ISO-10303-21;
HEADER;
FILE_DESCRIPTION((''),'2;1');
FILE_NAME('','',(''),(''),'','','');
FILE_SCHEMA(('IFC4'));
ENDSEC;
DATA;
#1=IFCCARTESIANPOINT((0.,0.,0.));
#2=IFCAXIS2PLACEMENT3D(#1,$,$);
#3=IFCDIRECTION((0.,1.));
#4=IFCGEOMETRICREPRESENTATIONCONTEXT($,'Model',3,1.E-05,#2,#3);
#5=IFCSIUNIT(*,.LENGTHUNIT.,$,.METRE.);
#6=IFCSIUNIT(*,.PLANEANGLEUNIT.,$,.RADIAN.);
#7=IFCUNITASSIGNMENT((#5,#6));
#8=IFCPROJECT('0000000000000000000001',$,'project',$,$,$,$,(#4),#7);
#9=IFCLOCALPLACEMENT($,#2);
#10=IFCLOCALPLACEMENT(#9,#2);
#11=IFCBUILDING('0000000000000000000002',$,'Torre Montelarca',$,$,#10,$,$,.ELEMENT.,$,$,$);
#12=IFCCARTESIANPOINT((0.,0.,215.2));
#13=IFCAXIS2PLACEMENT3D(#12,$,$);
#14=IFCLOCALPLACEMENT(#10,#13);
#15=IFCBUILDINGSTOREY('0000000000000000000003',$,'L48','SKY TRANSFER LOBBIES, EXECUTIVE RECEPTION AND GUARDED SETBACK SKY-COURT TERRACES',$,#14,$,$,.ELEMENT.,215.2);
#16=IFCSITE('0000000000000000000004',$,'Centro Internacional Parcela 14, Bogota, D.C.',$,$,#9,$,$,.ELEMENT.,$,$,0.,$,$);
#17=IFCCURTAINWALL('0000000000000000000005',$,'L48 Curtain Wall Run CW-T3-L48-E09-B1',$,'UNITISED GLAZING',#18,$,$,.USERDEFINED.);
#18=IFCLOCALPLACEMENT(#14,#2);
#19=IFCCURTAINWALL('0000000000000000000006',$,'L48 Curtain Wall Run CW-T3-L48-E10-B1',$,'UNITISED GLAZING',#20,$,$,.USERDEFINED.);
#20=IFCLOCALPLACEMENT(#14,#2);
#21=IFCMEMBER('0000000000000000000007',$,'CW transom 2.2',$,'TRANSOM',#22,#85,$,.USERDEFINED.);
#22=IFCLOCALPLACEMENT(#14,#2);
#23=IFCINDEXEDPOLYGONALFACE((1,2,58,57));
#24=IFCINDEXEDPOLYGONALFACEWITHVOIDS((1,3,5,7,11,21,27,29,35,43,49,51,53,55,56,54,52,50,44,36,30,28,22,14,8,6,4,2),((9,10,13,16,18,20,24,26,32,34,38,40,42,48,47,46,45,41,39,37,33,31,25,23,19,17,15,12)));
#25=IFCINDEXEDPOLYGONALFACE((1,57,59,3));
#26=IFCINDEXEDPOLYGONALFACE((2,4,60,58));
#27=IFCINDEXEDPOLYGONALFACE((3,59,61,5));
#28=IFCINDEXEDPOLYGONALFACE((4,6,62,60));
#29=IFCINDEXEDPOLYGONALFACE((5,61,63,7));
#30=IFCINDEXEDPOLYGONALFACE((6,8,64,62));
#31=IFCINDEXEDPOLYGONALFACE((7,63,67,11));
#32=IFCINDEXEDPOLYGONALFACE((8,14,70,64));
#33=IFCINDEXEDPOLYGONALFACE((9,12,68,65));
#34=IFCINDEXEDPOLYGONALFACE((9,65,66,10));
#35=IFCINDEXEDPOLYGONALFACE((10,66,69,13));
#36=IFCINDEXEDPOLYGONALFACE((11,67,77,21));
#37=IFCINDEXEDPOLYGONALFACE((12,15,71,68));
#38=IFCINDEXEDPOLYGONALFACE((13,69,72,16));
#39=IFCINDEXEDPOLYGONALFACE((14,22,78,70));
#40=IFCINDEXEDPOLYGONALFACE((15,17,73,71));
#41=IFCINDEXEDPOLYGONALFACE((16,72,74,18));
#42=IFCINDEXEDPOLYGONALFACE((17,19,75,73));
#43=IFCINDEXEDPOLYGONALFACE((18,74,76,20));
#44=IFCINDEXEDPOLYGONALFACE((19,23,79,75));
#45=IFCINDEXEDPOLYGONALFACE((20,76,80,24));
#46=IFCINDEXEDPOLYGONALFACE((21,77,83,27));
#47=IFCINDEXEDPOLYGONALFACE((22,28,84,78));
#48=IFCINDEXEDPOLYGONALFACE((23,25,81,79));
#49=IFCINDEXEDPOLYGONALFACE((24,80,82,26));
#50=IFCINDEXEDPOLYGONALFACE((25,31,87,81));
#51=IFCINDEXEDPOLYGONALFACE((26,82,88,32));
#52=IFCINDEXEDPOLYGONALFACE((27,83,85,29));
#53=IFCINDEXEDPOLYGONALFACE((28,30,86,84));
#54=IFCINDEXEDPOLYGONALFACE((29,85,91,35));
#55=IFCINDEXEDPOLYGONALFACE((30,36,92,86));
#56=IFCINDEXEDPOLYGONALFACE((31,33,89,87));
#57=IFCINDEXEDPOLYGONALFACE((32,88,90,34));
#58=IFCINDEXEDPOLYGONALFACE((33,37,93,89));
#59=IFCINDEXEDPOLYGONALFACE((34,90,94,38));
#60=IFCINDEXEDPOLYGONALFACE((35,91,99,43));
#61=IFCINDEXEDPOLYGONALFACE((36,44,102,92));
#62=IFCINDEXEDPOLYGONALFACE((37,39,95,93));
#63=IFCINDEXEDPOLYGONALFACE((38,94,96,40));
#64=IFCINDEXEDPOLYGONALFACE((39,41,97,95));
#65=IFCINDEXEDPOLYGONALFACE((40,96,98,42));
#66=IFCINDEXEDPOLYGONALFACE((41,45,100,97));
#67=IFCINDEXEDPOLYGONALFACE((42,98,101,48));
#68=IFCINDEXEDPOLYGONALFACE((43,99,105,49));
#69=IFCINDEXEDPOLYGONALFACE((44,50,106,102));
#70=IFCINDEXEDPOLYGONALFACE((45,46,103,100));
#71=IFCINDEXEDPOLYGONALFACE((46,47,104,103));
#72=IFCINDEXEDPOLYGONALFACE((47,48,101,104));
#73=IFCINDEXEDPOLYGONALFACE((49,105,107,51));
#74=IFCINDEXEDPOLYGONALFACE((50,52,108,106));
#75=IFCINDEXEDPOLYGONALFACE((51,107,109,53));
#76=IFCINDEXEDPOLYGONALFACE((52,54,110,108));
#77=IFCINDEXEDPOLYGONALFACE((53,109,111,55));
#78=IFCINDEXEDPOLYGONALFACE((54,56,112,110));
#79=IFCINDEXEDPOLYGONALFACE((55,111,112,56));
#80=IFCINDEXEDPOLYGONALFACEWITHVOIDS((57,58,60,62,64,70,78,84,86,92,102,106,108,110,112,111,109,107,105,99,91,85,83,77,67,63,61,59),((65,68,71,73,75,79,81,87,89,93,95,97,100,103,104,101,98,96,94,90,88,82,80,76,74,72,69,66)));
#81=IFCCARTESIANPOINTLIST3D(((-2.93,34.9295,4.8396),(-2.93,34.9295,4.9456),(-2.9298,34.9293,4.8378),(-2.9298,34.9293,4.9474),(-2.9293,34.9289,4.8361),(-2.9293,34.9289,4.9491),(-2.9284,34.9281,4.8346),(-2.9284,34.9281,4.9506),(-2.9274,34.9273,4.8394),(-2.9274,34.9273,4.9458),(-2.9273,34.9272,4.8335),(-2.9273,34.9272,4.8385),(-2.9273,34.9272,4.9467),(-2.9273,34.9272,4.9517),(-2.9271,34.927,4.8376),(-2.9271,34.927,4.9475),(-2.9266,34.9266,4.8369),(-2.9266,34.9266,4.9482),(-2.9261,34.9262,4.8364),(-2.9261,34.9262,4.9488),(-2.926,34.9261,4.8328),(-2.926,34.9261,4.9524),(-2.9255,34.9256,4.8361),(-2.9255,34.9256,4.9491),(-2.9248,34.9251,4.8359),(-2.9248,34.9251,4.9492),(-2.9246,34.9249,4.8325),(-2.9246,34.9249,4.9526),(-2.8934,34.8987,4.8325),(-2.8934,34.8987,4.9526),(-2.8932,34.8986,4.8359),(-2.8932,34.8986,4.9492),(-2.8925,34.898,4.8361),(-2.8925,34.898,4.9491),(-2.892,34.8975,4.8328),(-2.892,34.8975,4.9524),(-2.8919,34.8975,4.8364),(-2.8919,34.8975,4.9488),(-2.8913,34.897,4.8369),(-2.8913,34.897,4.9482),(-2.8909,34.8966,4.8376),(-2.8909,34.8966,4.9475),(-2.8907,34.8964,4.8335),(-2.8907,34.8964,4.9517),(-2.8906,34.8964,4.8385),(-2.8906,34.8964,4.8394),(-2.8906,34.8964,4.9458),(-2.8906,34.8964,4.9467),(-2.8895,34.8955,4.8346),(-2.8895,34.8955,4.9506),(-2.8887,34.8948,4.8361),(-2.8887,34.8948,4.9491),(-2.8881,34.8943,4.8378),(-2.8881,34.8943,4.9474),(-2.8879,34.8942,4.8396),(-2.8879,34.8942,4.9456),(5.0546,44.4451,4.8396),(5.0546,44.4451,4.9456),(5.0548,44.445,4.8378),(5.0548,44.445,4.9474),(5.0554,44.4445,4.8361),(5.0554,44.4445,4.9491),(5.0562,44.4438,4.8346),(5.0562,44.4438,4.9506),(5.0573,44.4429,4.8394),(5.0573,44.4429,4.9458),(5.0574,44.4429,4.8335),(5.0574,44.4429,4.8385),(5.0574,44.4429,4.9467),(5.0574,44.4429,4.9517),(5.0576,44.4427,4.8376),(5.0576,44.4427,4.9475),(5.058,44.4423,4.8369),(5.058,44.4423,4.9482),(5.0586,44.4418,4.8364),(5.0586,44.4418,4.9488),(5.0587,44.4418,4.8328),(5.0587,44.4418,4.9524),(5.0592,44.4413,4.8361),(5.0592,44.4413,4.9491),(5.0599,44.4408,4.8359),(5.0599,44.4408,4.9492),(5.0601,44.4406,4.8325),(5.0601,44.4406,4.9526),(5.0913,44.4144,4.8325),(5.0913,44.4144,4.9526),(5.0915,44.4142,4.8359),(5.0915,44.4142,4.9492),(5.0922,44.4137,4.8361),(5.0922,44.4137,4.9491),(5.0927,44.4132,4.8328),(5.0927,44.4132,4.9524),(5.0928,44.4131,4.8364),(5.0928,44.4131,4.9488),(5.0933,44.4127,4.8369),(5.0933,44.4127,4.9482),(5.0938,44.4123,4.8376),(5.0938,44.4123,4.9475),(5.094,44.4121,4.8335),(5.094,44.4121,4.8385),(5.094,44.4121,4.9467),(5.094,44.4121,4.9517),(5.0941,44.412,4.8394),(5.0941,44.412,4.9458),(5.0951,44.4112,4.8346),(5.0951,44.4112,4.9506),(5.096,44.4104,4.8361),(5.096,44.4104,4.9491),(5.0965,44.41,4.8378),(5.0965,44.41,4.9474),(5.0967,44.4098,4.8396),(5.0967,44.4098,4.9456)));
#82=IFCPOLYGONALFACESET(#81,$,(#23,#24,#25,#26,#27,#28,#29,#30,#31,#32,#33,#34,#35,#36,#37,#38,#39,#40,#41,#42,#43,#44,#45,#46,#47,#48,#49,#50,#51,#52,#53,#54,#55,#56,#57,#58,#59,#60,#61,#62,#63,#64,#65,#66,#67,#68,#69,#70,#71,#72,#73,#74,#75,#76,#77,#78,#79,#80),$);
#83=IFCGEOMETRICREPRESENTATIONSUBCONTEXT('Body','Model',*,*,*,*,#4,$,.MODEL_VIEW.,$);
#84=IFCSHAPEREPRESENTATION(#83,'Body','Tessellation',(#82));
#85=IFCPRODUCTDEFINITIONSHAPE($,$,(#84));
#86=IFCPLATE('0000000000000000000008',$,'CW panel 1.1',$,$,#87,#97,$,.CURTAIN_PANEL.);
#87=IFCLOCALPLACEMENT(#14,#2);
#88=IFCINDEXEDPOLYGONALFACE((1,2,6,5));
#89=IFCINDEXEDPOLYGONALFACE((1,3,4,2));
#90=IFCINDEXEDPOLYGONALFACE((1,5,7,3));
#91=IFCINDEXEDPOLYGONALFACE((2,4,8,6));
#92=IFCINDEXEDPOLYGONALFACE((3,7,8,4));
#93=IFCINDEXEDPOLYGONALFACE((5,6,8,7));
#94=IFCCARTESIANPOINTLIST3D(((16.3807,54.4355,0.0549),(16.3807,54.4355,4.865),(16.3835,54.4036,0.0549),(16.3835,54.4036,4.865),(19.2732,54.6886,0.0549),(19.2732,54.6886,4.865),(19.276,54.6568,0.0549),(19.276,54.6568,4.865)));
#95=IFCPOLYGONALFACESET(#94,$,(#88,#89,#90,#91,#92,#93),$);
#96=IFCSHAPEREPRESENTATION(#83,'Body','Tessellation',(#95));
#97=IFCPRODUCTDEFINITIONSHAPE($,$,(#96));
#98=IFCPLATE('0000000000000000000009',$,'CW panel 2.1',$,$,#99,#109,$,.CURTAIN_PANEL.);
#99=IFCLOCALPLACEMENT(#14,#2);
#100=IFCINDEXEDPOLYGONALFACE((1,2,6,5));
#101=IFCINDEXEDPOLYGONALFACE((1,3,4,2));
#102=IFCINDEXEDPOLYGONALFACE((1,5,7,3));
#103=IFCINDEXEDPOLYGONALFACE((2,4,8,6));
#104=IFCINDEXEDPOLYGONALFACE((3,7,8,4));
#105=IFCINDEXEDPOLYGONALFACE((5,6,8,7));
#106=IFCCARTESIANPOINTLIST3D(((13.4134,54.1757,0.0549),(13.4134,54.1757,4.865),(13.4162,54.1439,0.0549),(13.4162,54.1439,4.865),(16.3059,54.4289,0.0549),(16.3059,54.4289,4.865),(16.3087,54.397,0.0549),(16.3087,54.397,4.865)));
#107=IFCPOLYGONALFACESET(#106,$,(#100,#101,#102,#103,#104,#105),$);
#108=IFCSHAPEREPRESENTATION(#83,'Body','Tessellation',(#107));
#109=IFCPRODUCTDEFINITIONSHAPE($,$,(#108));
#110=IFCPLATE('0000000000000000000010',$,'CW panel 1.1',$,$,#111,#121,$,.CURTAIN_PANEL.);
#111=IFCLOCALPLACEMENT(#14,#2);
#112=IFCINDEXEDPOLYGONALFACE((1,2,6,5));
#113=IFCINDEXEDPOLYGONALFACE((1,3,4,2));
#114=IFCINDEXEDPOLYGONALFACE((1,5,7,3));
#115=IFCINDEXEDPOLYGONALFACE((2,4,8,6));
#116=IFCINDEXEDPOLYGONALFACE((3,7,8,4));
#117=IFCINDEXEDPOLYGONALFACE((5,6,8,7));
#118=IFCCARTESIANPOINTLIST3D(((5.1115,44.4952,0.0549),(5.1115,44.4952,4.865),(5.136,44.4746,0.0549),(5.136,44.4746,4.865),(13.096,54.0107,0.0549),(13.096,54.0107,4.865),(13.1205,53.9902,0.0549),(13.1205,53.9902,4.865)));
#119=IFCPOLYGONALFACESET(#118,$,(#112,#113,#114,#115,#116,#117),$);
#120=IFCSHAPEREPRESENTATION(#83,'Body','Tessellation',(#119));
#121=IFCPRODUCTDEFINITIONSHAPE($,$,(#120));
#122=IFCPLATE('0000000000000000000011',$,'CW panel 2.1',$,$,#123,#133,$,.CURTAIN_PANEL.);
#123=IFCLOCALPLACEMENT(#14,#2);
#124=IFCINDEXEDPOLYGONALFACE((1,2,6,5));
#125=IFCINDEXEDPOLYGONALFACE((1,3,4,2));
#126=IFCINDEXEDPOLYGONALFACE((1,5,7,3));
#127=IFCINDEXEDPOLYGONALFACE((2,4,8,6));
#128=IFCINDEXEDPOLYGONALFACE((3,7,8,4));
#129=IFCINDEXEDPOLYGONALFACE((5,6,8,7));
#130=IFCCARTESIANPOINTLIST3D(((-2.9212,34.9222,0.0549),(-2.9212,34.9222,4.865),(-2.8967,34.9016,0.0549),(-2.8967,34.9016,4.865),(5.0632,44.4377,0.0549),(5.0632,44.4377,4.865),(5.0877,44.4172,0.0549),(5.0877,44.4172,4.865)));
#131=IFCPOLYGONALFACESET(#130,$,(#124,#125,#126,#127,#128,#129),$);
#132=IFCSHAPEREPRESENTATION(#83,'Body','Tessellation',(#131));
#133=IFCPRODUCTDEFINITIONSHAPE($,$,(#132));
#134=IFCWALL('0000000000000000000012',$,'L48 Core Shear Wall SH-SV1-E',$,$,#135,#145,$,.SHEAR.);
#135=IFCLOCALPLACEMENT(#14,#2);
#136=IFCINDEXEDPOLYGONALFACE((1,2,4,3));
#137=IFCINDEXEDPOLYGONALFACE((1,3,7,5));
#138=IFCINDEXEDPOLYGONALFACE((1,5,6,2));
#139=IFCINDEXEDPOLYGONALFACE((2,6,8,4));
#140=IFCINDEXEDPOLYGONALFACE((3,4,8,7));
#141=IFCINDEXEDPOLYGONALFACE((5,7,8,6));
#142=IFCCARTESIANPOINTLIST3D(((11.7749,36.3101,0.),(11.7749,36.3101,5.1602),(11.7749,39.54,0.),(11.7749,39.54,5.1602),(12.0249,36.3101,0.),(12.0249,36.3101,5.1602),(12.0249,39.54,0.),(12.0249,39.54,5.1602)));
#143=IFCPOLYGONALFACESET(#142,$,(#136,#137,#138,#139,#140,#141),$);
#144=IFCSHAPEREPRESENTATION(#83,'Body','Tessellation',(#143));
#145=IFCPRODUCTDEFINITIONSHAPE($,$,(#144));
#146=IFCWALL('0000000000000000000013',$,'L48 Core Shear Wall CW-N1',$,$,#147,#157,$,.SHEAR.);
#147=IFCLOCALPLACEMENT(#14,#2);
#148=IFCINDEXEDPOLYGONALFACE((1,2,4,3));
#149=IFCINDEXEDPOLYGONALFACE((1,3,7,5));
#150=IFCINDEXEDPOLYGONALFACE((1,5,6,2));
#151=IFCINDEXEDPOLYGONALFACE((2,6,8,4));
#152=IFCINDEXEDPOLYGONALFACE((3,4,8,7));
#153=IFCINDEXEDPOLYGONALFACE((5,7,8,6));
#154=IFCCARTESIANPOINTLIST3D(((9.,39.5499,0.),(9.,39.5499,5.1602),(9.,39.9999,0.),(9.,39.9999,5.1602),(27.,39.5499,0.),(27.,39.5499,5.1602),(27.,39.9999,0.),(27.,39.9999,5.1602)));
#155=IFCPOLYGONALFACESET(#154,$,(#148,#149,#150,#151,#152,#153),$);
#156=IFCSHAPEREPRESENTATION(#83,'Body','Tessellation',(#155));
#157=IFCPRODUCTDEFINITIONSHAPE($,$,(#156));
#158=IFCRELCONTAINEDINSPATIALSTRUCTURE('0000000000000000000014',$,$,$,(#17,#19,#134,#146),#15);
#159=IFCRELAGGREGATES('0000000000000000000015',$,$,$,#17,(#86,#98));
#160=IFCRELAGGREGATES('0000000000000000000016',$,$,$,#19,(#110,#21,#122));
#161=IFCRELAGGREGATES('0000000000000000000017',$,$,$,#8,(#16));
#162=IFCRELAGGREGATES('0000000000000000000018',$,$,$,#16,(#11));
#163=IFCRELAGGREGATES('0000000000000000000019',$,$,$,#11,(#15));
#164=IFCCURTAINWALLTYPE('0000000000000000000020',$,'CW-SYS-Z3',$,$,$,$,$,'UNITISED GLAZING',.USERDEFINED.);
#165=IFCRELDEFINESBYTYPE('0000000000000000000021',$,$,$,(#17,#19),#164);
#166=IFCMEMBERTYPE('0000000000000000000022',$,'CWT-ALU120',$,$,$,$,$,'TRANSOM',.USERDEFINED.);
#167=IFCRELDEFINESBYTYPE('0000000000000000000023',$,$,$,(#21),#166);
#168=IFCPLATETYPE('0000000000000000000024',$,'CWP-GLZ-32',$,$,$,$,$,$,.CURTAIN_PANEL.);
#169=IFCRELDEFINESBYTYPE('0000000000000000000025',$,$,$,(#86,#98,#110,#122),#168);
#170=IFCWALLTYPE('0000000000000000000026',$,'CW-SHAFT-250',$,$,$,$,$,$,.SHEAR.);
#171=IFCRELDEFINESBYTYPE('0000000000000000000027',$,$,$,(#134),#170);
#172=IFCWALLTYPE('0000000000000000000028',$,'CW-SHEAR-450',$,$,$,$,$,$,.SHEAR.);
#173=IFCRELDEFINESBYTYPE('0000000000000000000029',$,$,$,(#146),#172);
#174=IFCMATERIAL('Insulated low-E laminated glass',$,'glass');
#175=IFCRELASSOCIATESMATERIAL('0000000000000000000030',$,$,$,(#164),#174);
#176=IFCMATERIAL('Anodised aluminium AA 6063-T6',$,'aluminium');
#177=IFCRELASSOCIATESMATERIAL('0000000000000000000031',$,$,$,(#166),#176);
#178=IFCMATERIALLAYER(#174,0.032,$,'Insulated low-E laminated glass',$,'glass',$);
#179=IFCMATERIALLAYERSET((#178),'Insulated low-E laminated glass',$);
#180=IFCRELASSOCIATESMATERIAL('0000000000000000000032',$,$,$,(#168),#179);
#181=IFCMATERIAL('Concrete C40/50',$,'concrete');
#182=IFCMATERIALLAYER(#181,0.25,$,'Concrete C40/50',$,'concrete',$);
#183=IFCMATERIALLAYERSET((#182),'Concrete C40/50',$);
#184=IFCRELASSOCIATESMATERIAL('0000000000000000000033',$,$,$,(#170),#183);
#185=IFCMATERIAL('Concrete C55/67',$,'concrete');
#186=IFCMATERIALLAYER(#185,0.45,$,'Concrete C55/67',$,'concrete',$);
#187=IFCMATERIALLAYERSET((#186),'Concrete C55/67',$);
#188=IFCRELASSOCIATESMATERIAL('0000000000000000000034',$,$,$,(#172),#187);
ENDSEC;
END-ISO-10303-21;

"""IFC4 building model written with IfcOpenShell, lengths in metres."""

from ifc_helpers import new_model, si_unit, direction, frame, frame_2d, origin, origin_2d, place, context, subcontext, project, spatial, rectangle, hollow_rectangle, extrude, source, transform, mapped, material, layer, layer_set, material_profile, profile_set, type_object, element, aggregate, save


model = new_model("IFC4")

# Units and contexts
model_context = context("Model", 3, precision=1e-05, world=origin(), true_north=direction((0.0, 1.0)))
body_context = subcontext(model_context, "Body", "Model", "MODEL_VIEW")
ifc_project = project(units=[si_unit("LENGTHUNIT", "METRE"), si_unit("PLANEANGLEUNIT", "RADIAN")], contexts=[model_context])

# Site, building, storey
site_placement = place(None, origin())
site = spatial("IfcSite", under=ifc_project, at=site_placement, Name="Centro Internacional Parcela 14, Bogota, D.C.", CompositionType="ELEMENT", RefElevation=0.0)
building_placement = place(site_placement, origin())
building = spatial("IfcBuilding", under=site, at=building_placement, Name="Torre Montelarca", CompositionType="ELEMENT")
storey_placement = place(building_placement, frame((0.0, 0.0, 215.2)))
storey = spatial("IfcBuildingStorey", under=building, at=storey_placement, Name="L48", Description="SKY TRANSFER LOBBIES, EXECUTIVE RECEPTION AND GUARDED SETBACK SKY-COURT TERRACES", CompositionType="ELEMENT", Elevation=215.2)

# Shared definitions
ifc_material_1 = material(Name="Concrete C55/67", Category="concrete")
ifc_material_2 = material(Name="Concrete C40/50", Category="concrete")

# Curtain walls
ifc_material_3 = material(Name="Insulated low-E laminated glass", Category="glass")
curtain_wall_type = type_object("IfcCurtainWallType", Name="CW-SYS-Z3", ElementType="UNITISED GLAZING", PredefinedType="USERDEFINED", material=ifc_material_3)
curtain_wall_1_placement = place(storey_placement, origin())
curtain_wall_1 = element("IfcCurtainWall", 1, at=curtain_wall_1_placement, inside=storey, type_object=curtain_wall_type, Name="L48 Curtain Wall Run CW-T3-L48-E09-B1", ObjectType="UNITISED GLAZING", PredefinedType="USERDEFINED")
ifc_material_4 = material(Name="Anodised aluminium AA 6063-T6", Category="aluminium")
curtain_wall_2_placement = place(storey_placement, origin())
curtain_wall_2 = element("IfcCurtainWall", 2, at=curtain_wall_2_placement, inside=storey, type_object=curtain_wall_type, Name="L48 Curtain Wall Run CW-T3-L48-E10-B1", ObjectType="UNITISED GLAZING", PredefinedType="USERDEFINED")

# Member
ifc_material_profile_1 = material_profile(ifc_material_4, hollow_rectangle(XDim=0.0549, YDim=0.1201, WallThickness=0.0034, InnerFilletRadius=0.0034, OuterFilletRadius=0.0071, at=origin_2d()), Name="ALU55X120X3.5", Category="aluminium")
ifc_profile_set_1 = profile_set([ifc_material_profile_1], Name="Anodised aluminium AA 6063-T6")
member_type_1 = type_object("IfcMemberType", Name="CWT-ALU120", ElementType="TRANSOM", PredefinedType="USERDEFINED", material=ifc_profile_set_1)
shared_shape_1 = source(origin(), body_context, "Body", "SweptSolid", [
    extrude(hollow_rectangle(XDim=0.0549, YDim=0.1201, WallThickness=0.0034, InnerFilletRadius=0.0034, OuterFilletRadius=0.0071, at=origin_2d()), origin(), (0.0, 0.0, 1.0), 12.4219),
])
member_1_placement = place(storey_placement, frame((5.0757, 44.4275, 4.8926), z_axis=(-0.642791, -0.766042, 0.0), x_axis=(0.766042, -0.642791, 0.0)))
member_1 = element("IfcMember", 3, at=member_1_placement, type_object=member_type_1, Name="CW transom 2.2", ObjectType="TRANSOM", PredefinedType="USERDEFINED", context=body_context, shape_type="MappedRepresentation", body=[
    mapped(shared_shape_1, transform((0.0, 0.0, 0.0), scale=1.0)),
])

# Plates
ifc_layer_1 = layer(ifc_material_3, 0.032, Name="Insulated low-E laminated glass", Category="glass")
ifc_layer_set_1 = layer_set([ifc_layer_1], Name="Insulated low-E laminated glass")
plate_type = type_object("IfcPlateType", Name="CWP-GLZ-32", PredefinedType="CURTAIN_PANEL", material=ifc_layer_set_1)
shared_shape_2 = source(origin(), body_context, "Body", "SweptSolid", [
    extrude(rectangle(XDim=2.9036, YDim=0.032, at=origin_2d()), origin(), (0.0, 0.0, 1.0), 4.8101),
])
plate_1_placement = place(storey_placement, frame((17.8284, 54.5461, 0.0549), z_axis=(0.0, 0.0, 1.0), x_axis=(-0.996192, -0.087183, 0.0)))
plate_1 = element("IfcPlate", 4, at=plate_1_placement, type_object=plate_type, Name="CW panel 1.1", PredefinedType="CURTAIN_PANEL", context=body_context, shape_type="MappedRepresentation", body=[
    mapped(shared_shape_2, transform((0.0, 0.0, 0.0), scale=1.0)),
])
plate_2_placement = place(storey_placement, frame((14.8611, 54.2864, 0.0549), z_axis=(0.0, 0.0, 1.0), x_axis=(-0.996192, -0.087183, 0.0)))
plate_2 = element("IfcPlate", 5, at=plate_2_placement, type_object=plate_type, Name="CW panel 2.1", PredefinedType="CURTAIN_PANEL", context=body_context, shape_type="MappedRepresentation", body=[
    mapped(shared_shape_2, transform((0.0, 0.0, 0.0), scale=1.0)),
])
aggregate(curtain_wall_1, [plate_1, plate_2])
shared_shape_3 = source(origin(), body_context, "Body", "SweptSolid", [
    extrude(rectangle(XDim=12.4216, YDim=0.032, at=origin_2d()), origin(), (0.0, 0.0, 1.0), 4.8101),
])
plate_3_placement = place(storey_placement, frame((9.116, 49.2427, 0.0549), z_axis=(0.0, 0.0, 1.0), x_axis=(-0.642788, -0.766044, 0.0)))
plate_3 = element("IfcPlate", 6, at=plate_3_placement, type_object=plate_type, Name="CW panel 1.1", PredefinedType="CURTAIN_PANEL", context=body_context, shape_type="MappedRepresentation", body=[
    mapped(shared_shape_3, transform((0.0, 0.0, 0.0), scale=1.0)),
])
plate_4_placement = place(storey_placement, frame((1.0833, 39.6697, 0.0549), z_axis=(0.0, 0.0, 1.0), x_axis=(-0.642788, -0.766044, 0.0)))
plate_4 = element("IfcPlate", 7, at=plate_4_placement, type_object=plate_type, Name="CW panel 2.1", PredefinedType="CURTAIN_PANEL", context=body_context, shape_type="MappedRepresentation", body=[
    mapped(shared_shape_3, transform((0.0, 0.0, 0.0), scale=1.0)),
])
aggregate(curtain_wall_2, [plate_3, member_1, plate_4])

# Walls
ifc_layer_2 = layer(ifc_material_2, 0.25, Name="Concrete C40/50", Category="concrete")
ifc_layer_set_2 = layer_set([ifc_layer_2], Name="Concrete C40/50")
wall_type_1 = type_object("IfcWallType", Name="CW-SHAFT-250", PredefinedType="SHEAR", material=ifc_layer_set_2)
wall_1_placement = place(storey_placement, frame((11.8999, 36.3101, 0.0), z_axis=(0.0, 0.0, 1.0), x_axis=(0.0, 1.0, 0.0)))
element("IfcWall", 8, at=wall_1_placement, inside=storey, type_object=wall_type_1, Name="L48 Core Shear Wall SH-SV1-E", PredefinedType="SHEAR", context=body_context, shape_type="SweptSolid", body=[
    extrude(rectangle(XDim=3.23, YDim=0.25, at=frame_2d((1.615, 0.0))), origin(), (0.0, 0.0, 1.0), 5.1602),
])
ifc_layer_3 = layer(ifc_material_1, 0.45, Name="Concrete C55/67", Category="concrete")
ifc_layer_set_3 = layer_set([ifc_layer_3], Name="Concrete C55/67")
wall_type_2 = type_object("IfcWallType", Name="CW-SHEAR-450", PredefinedType="SHEAR", material=ifc_layer_set_3)
wall_2_placement = place(storey_placement, frame((9.0, 39.7749, 0.0), z_axis=(0.0, 0.0, 1.0), x_axis=(1.0, 0.0, 0.0)))
element("IfcWall", 9, at=wall_2_placement, inside=storey, type_object=wall_type_2, Name="L48 Core Shear Wall CW-N1", PredefinedType="SHEAR", context=body_context, shape_type="SweptSolid", body=[
    extrude(rectangle(XDim=18.0, YDim=0.45, at=frame_2d((9.0, 0.0))), origin(), (0.0, 0.0, 1.0), 5.1602),
])

save(model, "model.ifc")
